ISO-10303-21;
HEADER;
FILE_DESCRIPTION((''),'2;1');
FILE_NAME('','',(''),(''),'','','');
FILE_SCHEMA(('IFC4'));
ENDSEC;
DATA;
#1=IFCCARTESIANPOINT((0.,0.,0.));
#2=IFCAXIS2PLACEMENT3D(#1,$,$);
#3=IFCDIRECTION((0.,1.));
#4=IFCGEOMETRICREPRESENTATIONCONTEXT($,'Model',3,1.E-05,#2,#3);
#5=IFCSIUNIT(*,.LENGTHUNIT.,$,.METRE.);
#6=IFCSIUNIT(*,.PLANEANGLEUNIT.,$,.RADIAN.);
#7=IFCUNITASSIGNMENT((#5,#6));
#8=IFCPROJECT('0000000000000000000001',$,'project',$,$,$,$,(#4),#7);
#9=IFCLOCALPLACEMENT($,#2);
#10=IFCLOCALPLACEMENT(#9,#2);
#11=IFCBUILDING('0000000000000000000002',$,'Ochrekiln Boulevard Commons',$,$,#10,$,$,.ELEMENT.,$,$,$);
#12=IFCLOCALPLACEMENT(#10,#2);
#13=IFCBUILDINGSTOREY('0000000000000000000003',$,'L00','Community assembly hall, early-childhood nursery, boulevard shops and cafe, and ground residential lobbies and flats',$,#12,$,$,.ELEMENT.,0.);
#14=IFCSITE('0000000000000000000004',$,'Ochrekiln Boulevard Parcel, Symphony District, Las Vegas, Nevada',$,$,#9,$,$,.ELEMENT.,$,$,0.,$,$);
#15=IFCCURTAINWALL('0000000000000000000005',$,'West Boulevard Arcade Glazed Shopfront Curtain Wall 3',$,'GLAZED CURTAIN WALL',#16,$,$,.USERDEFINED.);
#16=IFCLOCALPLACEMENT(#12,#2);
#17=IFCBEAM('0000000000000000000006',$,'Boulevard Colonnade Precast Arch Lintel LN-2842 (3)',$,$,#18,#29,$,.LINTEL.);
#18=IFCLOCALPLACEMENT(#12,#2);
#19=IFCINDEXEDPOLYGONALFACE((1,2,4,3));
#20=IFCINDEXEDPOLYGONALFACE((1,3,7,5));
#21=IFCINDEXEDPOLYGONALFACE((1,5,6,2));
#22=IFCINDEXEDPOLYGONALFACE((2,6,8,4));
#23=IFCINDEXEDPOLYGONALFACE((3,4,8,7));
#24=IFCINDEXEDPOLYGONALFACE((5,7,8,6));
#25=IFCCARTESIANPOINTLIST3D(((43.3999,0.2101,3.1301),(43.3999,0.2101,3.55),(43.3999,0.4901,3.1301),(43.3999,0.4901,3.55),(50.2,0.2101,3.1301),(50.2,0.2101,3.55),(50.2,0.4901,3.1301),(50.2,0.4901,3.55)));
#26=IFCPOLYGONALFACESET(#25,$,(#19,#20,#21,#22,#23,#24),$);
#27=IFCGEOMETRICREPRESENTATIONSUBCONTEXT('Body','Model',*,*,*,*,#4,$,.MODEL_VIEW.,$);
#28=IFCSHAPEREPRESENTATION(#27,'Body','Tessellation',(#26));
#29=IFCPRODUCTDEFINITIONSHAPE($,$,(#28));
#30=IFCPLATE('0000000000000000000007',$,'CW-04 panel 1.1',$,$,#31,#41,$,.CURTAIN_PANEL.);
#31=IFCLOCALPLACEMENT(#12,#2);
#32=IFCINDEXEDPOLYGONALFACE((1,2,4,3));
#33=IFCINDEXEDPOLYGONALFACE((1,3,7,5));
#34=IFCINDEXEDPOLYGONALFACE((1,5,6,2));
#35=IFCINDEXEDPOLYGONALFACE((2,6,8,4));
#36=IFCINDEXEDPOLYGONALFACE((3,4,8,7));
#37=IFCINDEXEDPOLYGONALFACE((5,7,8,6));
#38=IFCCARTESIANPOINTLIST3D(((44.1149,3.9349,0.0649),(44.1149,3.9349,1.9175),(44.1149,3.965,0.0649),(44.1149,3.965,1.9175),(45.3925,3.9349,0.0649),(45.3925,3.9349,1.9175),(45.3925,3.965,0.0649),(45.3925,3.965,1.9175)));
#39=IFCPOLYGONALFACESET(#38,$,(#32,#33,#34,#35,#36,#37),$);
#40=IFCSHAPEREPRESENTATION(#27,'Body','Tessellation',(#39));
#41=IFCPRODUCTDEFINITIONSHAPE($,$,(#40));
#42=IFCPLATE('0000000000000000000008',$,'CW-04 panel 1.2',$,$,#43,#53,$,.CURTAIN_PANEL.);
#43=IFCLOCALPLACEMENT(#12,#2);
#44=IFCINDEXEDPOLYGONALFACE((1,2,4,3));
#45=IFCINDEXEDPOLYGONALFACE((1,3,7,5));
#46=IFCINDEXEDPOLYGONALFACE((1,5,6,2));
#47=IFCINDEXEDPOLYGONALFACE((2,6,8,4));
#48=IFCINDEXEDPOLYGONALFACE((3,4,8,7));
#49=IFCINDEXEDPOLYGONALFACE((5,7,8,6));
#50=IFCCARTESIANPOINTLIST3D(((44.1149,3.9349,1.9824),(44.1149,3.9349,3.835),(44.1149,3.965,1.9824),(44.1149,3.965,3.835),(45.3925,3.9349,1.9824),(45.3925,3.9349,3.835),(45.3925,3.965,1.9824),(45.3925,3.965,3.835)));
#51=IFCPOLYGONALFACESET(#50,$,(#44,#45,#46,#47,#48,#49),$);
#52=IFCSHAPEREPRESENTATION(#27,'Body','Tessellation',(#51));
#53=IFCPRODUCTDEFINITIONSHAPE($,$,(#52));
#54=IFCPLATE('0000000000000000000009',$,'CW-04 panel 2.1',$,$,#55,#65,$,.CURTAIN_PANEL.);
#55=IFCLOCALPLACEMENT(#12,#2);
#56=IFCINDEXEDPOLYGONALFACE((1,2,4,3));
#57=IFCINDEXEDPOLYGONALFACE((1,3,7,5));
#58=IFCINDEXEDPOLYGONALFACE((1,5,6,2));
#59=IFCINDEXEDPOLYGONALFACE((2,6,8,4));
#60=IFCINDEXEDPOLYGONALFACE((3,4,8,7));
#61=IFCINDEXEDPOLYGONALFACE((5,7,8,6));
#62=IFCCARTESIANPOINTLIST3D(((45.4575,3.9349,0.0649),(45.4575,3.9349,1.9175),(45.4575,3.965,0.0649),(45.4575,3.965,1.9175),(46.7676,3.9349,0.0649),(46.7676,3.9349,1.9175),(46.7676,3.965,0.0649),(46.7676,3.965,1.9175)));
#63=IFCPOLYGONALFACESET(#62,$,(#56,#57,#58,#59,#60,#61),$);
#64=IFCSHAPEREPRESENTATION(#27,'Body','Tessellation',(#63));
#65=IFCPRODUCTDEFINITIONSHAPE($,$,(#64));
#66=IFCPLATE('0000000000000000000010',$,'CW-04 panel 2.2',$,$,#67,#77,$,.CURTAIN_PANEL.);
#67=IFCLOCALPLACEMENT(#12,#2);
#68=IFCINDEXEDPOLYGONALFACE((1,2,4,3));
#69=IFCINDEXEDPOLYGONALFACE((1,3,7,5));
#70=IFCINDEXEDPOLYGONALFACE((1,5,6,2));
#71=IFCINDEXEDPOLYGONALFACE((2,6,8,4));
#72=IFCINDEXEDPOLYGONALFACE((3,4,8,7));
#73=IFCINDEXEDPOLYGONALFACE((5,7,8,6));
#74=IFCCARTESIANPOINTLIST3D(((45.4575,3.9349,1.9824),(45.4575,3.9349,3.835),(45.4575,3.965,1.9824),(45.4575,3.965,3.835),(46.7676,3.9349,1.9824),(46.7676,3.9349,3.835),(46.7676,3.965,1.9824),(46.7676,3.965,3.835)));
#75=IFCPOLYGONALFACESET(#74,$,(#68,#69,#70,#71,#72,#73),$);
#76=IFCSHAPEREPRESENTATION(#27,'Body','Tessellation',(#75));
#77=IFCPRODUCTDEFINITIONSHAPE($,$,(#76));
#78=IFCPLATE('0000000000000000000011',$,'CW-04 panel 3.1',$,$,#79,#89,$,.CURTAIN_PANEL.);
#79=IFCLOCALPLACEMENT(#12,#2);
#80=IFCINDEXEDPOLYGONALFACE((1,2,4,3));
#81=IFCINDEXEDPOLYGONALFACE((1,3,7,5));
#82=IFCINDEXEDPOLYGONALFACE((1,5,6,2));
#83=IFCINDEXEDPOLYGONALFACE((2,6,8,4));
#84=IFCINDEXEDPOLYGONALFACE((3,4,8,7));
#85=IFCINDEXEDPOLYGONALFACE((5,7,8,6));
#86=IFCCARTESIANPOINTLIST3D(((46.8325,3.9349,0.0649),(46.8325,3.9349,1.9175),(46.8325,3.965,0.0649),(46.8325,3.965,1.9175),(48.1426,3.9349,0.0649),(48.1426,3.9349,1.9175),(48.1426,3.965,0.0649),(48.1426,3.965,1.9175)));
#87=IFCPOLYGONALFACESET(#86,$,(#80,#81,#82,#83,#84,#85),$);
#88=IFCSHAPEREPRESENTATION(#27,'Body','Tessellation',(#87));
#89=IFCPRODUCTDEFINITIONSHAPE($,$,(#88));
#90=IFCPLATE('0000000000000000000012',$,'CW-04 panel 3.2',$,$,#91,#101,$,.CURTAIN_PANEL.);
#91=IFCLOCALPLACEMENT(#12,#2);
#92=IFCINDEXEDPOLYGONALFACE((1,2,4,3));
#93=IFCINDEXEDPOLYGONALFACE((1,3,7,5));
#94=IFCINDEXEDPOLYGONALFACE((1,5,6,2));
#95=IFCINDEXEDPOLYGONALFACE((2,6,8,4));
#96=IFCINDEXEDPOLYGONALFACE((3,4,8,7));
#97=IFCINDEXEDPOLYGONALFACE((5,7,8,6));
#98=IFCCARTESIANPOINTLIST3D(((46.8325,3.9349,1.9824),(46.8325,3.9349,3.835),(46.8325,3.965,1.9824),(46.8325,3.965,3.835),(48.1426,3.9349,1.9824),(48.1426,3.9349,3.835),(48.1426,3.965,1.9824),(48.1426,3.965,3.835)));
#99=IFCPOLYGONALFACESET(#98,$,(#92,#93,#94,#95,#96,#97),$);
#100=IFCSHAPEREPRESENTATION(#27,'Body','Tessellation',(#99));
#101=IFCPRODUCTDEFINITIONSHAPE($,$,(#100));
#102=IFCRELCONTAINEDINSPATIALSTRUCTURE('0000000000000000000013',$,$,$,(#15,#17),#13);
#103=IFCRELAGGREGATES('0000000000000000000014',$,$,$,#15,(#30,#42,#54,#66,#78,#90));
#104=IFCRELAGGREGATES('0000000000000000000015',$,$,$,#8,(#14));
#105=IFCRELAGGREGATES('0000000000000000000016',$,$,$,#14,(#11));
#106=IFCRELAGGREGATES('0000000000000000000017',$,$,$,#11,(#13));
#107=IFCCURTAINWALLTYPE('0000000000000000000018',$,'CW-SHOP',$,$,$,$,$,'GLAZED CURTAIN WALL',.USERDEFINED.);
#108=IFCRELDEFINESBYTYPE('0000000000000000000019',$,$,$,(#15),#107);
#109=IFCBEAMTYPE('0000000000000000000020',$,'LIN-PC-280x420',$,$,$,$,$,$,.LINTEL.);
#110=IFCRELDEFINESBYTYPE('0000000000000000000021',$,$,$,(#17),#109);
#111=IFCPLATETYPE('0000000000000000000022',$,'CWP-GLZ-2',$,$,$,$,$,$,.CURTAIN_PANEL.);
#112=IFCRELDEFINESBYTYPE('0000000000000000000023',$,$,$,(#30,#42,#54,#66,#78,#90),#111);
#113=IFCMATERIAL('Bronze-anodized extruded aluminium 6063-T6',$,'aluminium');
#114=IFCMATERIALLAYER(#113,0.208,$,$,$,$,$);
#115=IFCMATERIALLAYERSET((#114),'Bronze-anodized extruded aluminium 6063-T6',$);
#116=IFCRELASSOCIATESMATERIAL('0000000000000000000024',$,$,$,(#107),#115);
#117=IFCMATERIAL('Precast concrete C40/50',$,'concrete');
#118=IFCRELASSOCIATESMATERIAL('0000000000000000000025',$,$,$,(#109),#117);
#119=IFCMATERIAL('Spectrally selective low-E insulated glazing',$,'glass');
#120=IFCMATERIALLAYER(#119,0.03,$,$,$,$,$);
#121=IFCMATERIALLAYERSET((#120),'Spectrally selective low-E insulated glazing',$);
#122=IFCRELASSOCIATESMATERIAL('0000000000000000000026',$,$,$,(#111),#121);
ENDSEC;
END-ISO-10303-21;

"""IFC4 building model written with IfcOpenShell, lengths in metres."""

from ifc_helpers import new_model, si_unit, direction, frame, origin, origin_2d, place, context, subcontext, project, spatial, rectangle, extrude, material, layer, layer_set, material_profile, profile_set, type_object, element, aggregate, save


model = new_model("IFC4")

# Units and contexts
model_context = context("Model", 3, precision=1e-05, world=origin(), true_north=direction((0.0, 1.0)))
body_context = subcontext(model_context, "Body", "Model", "MODEL_VIEW")
ifc_project = project(units=[si_unit("LENGTHUNIT", "METRE"), si_unit("PLANEANGLEUNIT", "RADIAN")], contexts=[model_context])

# Site, building, storey
site_placement = place(None, origin())
site = spatial("IfcSite", under=ifc_project, at=site_placement, Name="Ochrekiln Boulevard Parcel, Symphony District, Las Vegas, Nevada", CompositionType="ELEMENT", RefElevation=0.0)
building_placement = place(site_placement, origin())
building = spatial("IfcBuilding", under=site, at=building_placement, Name="Ochrekiln Boulevard Commons", CompositionType="ELEMENT")
storey_placement = place(building_placement, origin())
storey = spatial("IfcBuildingStorey", under=building, at=storey_placement, Name="L00", Description="Community assembly hall, early-childhood nursery, boulevard shops and cafe, and ground residential lobbies and flats", CompositionType="ELEMENT", Elevation=0.0)

# Curtain wall
ifc_material_1 = material(Name="Bronze-anodized extruded aluminium 6063-T6", Category="aluminium")
ifc_layer_1 = layer(ifc_material_1, 0.208)
ifc_layer_set_1 = layer_set([ifc_layer_1], Name="Bronze-anodized extruded aluminium 6063-T6")
curtain_wall_type = type_object("IfcCurtainWallType", Name="CW-SHOP", ElementType="GLAZED CURTAIN WALL", PredefinedType="USERDEFINED", material=ifc_layer_set_1)
curtain_wall_placement = place(storey_placement, origin())
curtain_wall = element("IfcCurtainWall", 1, at=curtain_wall_placement, inside=storey, type_object=curtain_wall_type, Name="West Boulevard Arcade Glazed Shopfront Curtain Wall 3", ObjectType="GLAZED CURTAIN WALL", PredefinedType="USERDEFINED")

# Beam
ifc_material_2 = material(Name="Precast concrete C40/50", Category="concrete")
ifc_material_profile_1 = material_profile(ifc_material_2, rectangle(XDim=0.28, YDim=0.4199, at=origin_2d()), Name="RC-LIN-280x420")
ifc_profile_set_1 = profile_set([ifc_material_profile_1], Name="Precast concrete C40/50")
beam_type_1 = type_object("IfcBeamType", Name="LIN-PC-280x420", PredefinedType="LINTEL", material=ifc_profile_set_1)
beam_placement = place(storey_placement, frame((43.3999, 0.3501, 3.3401), z_axis=(1.0, 0.0, 0.0), x_axis=(0.0, 1.0, 0.0)))
element("IfcBeam", 2, at=beam_placement, inside=storey, type_object=beam_type_1, Name="Boulevard Colonnade Precast Arch Lintel LN-2842 (3)", PredefinedType="LINTEL", context=body_context, shape_type="SweptSolid", body=[
    extrude(rectangle(XDim=0.28, YDim=0.4199, at=origin_2d()), origin(), (0.0, 0.0, 1.0), 6.8),
])

# Plates
ifc_material_3 = material(Name="Spectrally selective low-E insulated glazing", Category="glass")
ifc_layer_2 = layer(ifc_material_3, 0.03)
ifc_layer_set_2 = layer_set([ifc_layer_2], Name="Spectrally selective low-E insulated glazing")
plate_type = type_object("IfcPlateType", Name="CWP-GLZ-2", PredefinedType="CURTAIN_PANEL", material=ifc_layer_set_2)
plate_1_placement = place(storey_placement, frame((44.7537, 3.95, 0.0649), z_axis=(0.0, 0.0, 1.0), x_axis=(1.0, 0.0, 0.0)))
plate_1 = element("IfcPlate", 3, at=plate_1_placement, type_object=plate_type, Name="CW-04 panel 1.1", PredefinedType="CURTAIN_PANEL", context=body_context, shape_type="SweptSolid", body=[
    extrude(rectangle(XDim=1.2776, YDim=0.03, at=origin_2d()), origin(), (0.0, 0.0, 1.0), 1.8525),
])
plate_2_placement = place(storey_placement, frame((44.7537, 3.95, 1.9824), z_axis=(0.0, 0.0, 1.0), x_axis=(1.0, 0.0, 0.0)))
plate_2 = element("IfcPlate", 4, at=plate_2_placement, type_object=plate_type, Name="CW-04 panel 1.2", PredefinedType="CURTAIN_PANEL", context=body_context, shape_type="SweptSolid", body=[
    extrude(rectangle(XDim=1.2776, YDim=0.03, at=origin_2d()), origin(), (0.0, 0.0, 1.0), 1.8525),
])
plate_3_placement = place(storey_placement, frame((46.1125, 3.95, 0.0649), z_axis=(0.0, 0.0, 1.0), x_axis=(1.0, 0.0, 0.0)))
plate_3 = element("IfcPlate", 5, at=plate_3_placement, type_object=plate_type, Name="CW-04 panel 2.1", PredefinedType="CURTAIN_PANEL", context=body_context, shape_type="SweptSolid", body=[
    extrude(rectangle(XDim=1.3101, YDim=0.03, at=origin_2d()), origin(), (0.0, 0.0, 1.0), 1.8525),
])
plate_4_placement = place(storey_placement, frame((46.1125, 3.95, 1.9824), z_axis=(0.0, 0.0, 1.0), x_axis=(1.0, 0.0, 0.0)))
plate_4 = element("IfcPlate", 6, at=plate_4_placement, type_object=plate_type, Name="CW-04 panel 2.2", PredefinedType="CURTAIN_PANEL", context=body_context, shape_type="SweptSolid", body=[
    extrude(rectangle(XDim=1.3101, YDim=0.03, at=origin_2d()), origin(), (0.0, 0.0, 1.0), 1.8525),
])
plate_5_placement = place(storey_placement, frame((47.4875, 3.95, 0.0649), z_axis=(0.0, 0.0, 1.0), x_axis=(1.0, 0.0, 0.0)))
plate_5 = element("IfcPlate", 7, at=plate_5_placement, type_object=plate_type, Name="CW-04 panel 3.1", PredefinedType="CURTAIN_PANEL", context=body_context, shape_type="SweptSolid", body=[
    extrude(rectangle(XDim=1.3101, YDim=0.03, at=origin_2d()), origin(), (0.0, 0.0, 1.0), 1.8525),
])
plate_6_placement = place(storey_placement, frame((47.4875, 3.95, 1.9824), z_axis=(0.0, 0.0, 1.0), x_axis=(1.0, 0.0, 0.0)))
plate_6 = element("IfcPlate", 8, at=plate_6_placement, type_object=plate_type, Name="CW-04 panel 3.2", PredefinedType="CURTAIN_PANEL", context=body_context, shape_type="SweptSolid", body=[
    extrude(rectangle(XDim=1.3101, YDim=0.03, at=origin_2d()), origin(), (0.0, 0.0, 1.0), 1.8525),
])
aggregate(curtain_wall, [plate_1, plate_2, plate_3, plate_4, plate_5, plate_6])

save(model, "model.ifc")
